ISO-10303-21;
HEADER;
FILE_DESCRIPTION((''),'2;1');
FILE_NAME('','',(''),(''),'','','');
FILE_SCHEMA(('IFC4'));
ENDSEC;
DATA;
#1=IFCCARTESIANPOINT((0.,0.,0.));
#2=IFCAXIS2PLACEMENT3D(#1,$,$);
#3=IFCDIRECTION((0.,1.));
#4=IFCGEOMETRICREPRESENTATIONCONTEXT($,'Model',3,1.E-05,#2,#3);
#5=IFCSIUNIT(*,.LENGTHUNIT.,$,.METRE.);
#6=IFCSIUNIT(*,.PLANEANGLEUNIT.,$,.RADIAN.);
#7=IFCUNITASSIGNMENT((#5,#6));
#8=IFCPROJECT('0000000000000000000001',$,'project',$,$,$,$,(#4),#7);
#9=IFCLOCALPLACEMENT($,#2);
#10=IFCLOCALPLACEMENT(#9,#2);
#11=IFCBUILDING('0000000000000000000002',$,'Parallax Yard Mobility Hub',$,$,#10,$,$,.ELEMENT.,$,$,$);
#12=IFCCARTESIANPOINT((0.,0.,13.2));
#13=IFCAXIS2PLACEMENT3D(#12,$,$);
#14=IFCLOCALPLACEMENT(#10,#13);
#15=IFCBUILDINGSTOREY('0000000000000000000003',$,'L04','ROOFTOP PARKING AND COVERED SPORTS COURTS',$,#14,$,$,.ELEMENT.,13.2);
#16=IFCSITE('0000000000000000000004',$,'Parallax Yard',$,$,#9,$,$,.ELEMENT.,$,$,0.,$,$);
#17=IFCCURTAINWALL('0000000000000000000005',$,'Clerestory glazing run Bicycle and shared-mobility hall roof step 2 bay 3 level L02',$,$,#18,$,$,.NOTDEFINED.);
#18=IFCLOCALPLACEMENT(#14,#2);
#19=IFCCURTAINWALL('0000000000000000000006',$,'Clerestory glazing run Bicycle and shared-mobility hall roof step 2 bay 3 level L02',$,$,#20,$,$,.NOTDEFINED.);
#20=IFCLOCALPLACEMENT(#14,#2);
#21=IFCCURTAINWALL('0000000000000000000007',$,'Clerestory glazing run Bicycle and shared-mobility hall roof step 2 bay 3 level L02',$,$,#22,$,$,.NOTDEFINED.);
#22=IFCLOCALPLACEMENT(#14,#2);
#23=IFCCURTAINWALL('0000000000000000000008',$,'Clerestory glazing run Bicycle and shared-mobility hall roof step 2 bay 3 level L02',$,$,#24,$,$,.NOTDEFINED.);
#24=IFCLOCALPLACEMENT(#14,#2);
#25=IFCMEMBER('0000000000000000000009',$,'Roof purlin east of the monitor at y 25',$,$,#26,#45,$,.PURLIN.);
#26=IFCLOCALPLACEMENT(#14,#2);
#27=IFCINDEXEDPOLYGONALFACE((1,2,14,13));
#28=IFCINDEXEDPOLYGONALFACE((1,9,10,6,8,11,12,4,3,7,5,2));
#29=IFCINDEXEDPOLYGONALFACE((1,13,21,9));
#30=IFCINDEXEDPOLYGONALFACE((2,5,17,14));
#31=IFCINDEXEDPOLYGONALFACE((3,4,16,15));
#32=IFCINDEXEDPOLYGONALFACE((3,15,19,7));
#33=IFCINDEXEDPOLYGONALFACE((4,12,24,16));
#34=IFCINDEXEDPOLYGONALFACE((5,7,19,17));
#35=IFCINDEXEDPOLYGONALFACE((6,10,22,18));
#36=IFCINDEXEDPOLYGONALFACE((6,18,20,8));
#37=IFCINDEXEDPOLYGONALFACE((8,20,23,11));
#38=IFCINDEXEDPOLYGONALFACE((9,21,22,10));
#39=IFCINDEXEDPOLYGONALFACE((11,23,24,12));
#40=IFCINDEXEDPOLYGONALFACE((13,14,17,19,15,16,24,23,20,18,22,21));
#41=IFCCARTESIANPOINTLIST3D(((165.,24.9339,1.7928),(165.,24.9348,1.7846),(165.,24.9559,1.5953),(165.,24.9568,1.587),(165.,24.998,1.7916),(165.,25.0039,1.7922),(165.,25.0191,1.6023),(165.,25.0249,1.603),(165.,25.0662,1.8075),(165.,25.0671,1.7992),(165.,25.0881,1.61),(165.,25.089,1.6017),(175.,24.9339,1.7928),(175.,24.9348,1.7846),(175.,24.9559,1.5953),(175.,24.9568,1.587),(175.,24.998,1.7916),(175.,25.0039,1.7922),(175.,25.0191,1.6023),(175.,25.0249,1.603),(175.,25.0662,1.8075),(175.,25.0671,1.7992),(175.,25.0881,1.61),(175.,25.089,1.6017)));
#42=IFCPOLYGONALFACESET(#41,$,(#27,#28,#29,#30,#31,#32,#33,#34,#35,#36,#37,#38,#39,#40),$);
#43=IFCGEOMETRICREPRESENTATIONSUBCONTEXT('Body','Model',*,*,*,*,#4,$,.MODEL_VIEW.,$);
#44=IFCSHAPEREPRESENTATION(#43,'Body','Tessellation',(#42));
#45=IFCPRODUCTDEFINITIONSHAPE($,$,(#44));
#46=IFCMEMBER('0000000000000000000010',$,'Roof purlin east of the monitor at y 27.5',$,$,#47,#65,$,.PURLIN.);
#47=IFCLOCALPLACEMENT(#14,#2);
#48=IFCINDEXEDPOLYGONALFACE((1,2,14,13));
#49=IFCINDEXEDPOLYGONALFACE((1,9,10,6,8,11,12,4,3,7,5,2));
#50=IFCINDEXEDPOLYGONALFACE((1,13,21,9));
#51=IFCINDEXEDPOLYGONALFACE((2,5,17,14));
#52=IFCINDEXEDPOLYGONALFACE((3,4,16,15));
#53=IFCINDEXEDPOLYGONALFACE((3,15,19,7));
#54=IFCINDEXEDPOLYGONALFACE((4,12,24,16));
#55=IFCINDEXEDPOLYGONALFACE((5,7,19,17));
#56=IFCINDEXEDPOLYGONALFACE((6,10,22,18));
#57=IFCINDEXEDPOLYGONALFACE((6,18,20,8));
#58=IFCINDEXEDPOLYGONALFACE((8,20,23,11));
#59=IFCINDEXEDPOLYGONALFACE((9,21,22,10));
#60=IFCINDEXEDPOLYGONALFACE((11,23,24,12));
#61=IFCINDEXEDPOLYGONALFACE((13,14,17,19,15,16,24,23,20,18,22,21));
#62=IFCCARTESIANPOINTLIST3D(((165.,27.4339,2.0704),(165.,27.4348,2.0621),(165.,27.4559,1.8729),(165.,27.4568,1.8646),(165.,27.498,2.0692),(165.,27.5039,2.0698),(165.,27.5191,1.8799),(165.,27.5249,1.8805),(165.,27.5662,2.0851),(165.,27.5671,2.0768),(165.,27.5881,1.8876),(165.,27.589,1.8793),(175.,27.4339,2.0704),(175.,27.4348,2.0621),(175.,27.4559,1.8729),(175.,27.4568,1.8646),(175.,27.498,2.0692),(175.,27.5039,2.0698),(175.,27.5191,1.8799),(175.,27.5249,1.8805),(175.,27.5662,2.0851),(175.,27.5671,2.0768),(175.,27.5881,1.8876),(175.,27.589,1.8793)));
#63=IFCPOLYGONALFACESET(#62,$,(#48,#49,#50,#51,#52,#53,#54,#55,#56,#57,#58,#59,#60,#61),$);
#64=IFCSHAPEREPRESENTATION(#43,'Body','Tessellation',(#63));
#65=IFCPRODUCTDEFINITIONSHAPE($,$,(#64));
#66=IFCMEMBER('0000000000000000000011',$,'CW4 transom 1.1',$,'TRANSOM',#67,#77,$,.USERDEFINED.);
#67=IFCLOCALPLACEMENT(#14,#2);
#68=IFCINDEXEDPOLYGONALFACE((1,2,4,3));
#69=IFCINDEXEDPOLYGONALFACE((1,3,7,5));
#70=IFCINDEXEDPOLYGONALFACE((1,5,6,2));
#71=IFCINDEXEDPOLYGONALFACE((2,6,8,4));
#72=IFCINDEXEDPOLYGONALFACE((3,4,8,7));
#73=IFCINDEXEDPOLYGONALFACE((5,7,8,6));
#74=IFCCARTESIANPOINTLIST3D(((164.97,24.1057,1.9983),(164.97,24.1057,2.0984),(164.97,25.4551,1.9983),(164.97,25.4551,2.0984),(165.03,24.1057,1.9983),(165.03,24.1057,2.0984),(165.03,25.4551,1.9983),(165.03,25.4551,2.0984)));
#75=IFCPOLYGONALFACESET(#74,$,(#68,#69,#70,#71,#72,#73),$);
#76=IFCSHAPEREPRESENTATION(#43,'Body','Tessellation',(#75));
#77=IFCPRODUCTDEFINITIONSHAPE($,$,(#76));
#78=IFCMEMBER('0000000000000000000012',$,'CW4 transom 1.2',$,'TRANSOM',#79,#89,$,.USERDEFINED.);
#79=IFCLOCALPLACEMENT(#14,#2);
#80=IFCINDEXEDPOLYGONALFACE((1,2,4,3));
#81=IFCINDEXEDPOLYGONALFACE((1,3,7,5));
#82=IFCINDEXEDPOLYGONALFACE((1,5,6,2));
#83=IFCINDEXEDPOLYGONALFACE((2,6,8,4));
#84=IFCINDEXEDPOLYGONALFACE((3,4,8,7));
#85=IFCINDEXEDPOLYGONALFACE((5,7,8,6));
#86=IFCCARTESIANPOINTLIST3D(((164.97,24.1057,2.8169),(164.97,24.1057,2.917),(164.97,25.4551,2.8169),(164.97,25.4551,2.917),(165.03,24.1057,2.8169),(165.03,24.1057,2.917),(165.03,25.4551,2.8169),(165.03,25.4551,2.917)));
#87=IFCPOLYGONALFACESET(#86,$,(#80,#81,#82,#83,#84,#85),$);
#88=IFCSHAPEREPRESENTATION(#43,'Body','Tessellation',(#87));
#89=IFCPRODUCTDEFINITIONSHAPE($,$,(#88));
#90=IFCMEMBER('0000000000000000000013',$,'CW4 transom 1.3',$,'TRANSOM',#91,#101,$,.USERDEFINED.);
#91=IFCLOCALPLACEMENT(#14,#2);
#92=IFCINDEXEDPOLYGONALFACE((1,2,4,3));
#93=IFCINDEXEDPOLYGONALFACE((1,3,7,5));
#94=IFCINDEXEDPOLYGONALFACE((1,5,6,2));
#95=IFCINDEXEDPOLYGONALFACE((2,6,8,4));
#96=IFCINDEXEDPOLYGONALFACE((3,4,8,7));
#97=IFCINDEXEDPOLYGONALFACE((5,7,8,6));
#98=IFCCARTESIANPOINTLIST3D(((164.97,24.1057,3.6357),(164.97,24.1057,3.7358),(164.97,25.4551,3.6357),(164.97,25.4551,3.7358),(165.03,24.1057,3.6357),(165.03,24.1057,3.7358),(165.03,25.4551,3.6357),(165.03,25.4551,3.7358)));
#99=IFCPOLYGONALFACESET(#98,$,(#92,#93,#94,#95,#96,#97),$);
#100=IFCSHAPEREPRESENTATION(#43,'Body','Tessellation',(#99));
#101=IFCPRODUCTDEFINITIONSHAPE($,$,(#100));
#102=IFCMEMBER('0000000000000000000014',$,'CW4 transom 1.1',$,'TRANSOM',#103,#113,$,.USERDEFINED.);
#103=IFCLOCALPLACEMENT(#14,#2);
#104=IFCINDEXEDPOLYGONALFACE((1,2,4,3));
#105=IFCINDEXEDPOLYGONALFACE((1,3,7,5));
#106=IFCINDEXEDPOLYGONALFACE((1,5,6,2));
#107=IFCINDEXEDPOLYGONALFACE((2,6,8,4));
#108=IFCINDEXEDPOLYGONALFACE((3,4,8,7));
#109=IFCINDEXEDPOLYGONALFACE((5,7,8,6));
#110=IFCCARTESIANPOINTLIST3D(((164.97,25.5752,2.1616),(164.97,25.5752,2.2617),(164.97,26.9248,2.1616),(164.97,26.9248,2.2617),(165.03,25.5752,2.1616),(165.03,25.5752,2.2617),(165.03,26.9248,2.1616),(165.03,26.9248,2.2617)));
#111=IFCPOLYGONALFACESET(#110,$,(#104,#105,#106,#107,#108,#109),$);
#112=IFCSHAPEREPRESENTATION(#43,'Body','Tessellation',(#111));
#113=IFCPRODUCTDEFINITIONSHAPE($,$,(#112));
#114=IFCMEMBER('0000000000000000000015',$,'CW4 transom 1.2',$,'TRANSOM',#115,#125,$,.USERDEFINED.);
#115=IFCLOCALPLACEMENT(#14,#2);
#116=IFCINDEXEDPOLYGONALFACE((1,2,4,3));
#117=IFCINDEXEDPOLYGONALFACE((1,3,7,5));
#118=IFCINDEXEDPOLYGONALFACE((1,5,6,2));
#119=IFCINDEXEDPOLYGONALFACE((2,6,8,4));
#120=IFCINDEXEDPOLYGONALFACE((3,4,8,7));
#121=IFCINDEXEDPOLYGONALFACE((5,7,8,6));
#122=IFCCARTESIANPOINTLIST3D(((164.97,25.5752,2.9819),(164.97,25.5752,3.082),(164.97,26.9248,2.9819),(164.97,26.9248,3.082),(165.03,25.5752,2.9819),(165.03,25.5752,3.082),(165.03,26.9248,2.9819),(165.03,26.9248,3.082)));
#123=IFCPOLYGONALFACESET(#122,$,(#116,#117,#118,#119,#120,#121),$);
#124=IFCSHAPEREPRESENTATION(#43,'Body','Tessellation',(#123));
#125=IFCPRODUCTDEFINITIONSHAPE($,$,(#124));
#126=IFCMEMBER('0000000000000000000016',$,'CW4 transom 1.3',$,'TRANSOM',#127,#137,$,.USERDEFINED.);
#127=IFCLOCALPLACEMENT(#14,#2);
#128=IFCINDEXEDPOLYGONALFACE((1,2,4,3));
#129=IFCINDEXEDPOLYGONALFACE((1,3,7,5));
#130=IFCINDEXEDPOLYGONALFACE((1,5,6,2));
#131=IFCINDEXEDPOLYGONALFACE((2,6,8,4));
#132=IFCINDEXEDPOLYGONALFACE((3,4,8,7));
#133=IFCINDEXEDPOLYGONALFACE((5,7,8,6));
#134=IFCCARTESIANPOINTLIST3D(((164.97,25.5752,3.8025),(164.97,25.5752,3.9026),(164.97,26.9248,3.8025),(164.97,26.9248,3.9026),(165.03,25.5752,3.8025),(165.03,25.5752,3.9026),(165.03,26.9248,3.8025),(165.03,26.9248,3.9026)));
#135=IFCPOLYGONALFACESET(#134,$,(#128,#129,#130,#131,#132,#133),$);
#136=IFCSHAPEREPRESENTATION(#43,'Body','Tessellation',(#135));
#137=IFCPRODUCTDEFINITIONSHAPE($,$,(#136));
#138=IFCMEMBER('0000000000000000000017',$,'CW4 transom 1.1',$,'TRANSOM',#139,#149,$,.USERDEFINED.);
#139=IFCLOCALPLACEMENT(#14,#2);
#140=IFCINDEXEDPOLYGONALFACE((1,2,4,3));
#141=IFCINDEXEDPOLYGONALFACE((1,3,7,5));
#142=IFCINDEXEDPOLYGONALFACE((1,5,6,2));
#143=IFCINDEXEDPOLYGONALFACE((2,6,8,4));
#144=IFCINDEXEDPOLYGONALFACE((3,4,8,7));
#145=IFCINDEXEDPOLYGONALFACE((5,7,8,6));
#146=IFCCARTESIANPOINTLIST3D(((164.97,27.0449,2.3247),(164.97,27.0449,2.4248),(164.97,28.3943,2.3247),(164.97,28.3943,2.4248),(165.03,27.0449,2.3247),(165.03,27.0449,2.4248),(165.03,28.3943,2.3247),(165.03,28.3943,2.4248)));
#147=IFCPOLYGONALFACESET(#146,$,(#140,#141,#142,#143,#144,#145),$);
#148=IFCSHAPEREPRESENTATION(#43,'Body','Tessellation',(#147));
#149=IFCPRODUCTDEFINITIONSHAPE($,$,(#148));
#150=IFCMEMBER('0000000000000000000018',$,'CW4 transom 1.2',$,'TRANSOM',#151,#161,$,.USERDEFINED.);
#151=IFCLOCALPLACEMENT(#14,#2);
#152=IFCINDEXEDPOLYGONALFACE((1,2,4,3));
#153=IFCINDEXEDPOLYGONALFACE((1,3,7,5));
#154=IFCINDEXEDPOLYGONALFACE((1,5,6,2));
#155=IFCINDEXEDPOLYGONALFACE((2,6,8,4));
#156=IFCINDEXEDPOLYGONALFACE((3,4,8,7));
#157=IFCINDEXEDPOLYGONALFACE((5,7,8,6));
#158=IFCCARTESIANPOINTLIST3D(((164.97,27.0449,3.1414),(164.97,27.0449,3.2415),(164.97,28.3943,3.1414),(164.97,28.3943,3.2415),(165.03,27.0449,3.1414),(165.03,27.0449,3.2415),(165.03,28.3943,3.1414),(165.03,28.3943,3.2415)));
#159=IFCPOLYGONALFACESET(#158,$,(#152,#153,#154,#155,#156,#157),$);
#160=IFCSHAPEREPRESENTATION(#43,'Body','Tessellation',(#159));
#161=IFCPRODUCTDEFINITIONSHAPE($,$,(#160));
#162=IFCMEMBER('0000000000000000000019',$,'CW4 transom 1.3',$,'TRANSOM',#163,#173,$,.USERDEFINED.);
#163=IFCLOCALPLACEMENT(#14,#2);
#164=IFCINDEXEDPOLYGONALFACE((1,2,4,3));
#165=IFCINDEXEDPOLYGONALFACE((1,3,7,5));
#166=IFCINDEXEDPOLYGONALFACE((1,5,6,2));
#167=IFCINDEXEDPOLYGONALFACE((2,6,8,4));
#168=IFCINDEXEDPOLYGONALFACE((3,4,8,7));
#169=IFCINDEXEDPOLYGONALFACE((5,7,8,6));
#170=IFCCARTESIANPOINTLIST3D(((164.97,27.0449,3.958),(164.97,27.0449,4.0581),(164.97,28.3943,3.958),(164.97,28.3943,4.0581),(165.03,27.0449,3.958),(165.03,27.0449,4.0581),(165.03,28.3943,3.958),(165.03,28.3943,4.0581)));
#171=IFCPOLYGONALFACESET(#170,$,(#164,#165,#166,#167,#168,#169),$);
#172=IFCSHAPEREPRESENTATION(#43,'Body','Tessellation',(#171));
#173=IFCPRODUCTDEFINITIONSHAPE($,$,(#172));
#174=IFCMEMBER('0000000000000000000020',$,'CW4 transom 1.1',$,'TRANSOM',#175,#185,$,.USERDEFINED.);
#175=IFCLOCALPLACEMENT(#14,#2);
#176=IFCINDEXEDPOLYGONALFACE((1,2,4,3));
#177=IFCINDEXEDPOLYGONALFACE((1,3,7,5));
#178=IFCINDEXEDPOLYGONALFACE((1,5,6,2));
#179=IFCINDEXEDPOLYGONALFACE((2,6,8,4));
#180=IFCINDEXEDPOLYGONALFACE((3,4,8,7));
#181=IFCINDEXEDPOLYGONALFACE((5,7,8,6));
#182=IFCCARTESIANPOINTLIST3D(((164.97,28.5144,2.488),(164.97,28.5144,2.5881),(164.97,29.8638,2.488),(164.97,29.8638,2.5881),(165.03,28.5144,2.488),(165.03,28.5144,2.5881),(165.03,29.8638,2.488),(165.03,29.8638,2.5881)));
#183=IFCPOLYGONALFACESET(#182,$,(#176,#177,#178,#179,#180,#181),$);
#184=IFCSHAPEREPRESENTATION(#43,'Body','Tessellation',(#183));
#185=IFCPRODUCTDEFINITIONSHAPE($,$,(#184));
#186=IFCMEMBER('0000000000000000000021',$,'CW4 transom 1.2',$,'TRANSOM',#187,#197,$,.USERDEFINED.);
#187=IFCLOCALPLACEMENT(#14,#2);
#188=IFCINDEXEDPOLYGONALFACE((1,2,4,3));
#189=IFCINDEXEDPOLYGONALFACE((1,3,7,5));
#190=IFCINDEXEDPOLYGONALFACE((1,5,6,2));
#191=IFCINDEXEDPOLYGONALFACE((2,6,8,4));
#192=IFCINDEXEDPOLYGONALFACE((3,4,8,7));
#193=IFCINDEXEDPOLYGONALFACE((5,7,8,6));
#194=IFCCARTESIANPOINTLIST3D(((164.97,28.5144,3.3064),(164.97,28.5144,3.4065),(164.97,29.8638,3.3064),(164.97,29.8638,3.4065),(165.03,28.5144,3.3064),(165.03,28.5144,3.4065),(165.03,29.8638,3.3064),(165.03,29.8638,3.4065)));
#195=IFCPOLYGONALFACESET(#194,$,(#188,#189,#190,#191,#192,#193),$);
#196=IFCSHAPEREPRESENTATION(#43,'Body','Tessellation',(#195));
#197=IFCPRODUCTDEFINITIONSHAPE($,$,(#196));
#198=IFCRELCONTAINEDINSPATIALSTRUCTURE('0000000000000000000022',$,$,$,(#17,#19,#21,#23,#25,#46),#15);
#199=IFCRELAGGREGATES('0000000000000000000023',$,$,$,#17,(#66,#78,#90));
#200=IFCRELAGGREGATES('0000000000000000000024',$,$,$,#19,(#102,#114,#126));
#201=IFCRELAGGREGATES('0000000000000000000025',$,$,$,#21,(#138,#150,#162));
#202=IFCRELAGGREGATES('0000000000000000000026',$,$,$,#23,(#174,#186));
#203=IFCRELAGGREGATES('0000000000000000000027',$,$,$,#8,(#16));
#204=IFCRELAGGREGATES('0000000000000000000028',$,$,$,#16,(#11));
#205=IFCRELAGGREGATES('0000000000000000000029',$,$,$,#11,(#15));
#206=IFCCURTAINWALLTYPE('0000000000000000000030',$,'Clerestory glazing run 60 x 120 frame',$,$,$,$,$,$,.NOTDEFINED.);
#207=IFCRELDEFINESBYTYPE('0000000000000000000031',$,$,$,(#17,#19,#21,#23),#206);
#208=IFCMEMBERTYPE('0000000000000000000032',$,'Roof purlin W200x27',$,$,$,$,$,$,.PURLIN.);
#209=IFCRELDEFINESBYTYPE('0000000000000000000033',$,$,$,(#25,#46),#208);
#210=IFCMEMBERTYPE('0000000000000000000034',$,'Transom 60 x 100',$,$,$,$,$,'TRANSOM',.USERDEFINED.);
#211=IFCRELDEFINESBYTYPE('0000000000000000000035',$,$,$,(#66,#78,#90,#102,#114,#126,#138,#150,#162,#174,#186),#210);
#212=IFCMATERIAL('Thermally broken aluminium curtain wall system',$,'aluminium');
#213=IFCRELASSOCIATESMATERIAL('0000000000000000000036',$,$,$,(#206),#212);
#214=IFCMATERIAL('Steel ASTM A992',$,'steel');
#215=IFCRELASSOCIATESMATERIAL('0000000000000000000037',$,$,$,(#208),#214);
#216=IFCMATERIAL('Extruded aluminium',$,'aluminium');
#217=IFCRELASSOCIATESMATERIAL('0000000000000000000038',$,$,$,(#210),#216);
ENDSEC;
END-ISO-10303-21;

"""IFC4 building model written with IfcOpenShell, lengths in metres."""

from ifc_helpers import new_model, si_unit, direction, frame, origin, origin_2d, place, context, subcontext, project, spatial, rectangle, i_section, extrude, material, material_profile, profile_set, type_object, element, aggregate, save


model = new_model("IFC4")

# Units and contexts
model_context = context("Model", 3, precision=1e-05, world=origin(), true_north=direction((0.0, 1.0)))
body_context = subcontext(model_context, "Body", "Model", "MODEL_VIEW")
ifc_project = project(units=[si_unit("LENGTHUNIT", "METRE"), si_unit("PLANEANGLEUNIT", "RADIAN")], contexts=[model_context])

# Site, building, storey
site_placement = place(None, origin())
site = spatial("IfcSite", under=ifc_project, at=site_placement, Name="Parallax Yard", CompositionType="ELEMENT", RefElevation=0.0)
building_placement = place(site_placement, origin())
building = spatial("IfcBuilding", under=site, at=building_placement, Name="Parallax Yard Mobility Hub", CompositionType="ELEMENT")
storey_placement = place(building_placement, frame((0.0, 0.0, 13.2)))
storey = spatial("IfcBuildingStorey", under=building, at=storey_placement, Name="L04", Description="ROOFTOP PARKING AND COVERED SPORTS COURTS", CompositionType="ELEMENT", Elevation=13.2)

# Shared definitions
ifc_material_1 = material(Name="Steel ASTM A992", Category="steel")

# Shared definitions
ifc_material_2 = material(Name="Thermally broken aluminium curtain wall system", Category="aluminium")
curtain_wall_type = type_object("IfcCurtainWallType", Name="Clerestory glazing run 60 x 120 frame", PredefinedType="NOTDEFINED", material=ifc_material_2)
ifc_material_3 = material(Name="Extruded aluminium", Category="aluminium")

# Curtain walls
curtain_wall_1_placement = place(storey_placement, origin())
curtain_wall_1 = element("IfcCurtainWall", 1, at=curtain_wall_1_placement, inside=storey, type_object=curtain_wall_type, Name="Clerestory glazing run Bicycle and shared-mobility hall roof step 2 bay 3 level L02", PredefinedType="NOTDEFINED")
curtain_wall_2_placement = place(storey_placement, origin())
curtain_wall_2 = element("IfcCurtainWall", 2, at=curtain_wall_2_placement, inside=storey, type_object=curtain_wall_type, Name="Clerestory glazing run Bicycle and shared-mobility hall roof step 2 bay 3 level L02", PredefinedType="NOTDEFINED")
curtain_wall_3_placement = place(storey_placement, origin())
curtain_wall_3 = element("IfcCurtainWall", 3, at=curtain_wall_3_placement, inside=storey, type_object=curtain_wall_type, Name="Clerestory glazing run Bicycle and shared-mobility hall roof step 2 bay 3 level L02", PredefinedType="NOTDEFINED")

# Curtain wall
curtain_wall_4_placement = place(storey_placement, origin())
curtain_wall_4 = element("IfcCurtainWall", 4, at=curtain_wall_4_placement, inside=storey, type_object=curtain_wall_type, Name="Clerestory glazing run Bicycle and shared-mobility hall roof step 2 bay 3 level L02", PredefinedType="NOTDEFINED")

# Members
ifc_material_profile_1 = material_profile(ifc_material_1, i_section(OverallWidth=0.1331, OverallDepth=0.207, WebThickness=0.0059, FlangeThickness=0.0083, at=origin_2d()), Name="W200x27")
ifc_profile_set_1 = profile_set([ifc_material_profile_1], Name="Steel ASTM A992")
member_type_1 = type_object("IfcMemberType", Name="Roof purlin W200x27", PredefinedType="PURLIN", material=ifc_profile_set_1)
for number, where, z_axis, x_axis, name in (
    (5, (165.0, 25.0115, 1.6973), (1.0, 0.0, 0.0), (0.0, 0.993884, 0.110432), "Roof purlin east of the monitor at y 25"),
    (6, (165.0, 27.5115, 1.9749), (1.0, 0.0, 0.0), (0.0, 0.993884, 0.110432), "Roof purlin east of the monitor at y 27.5"),
):
    element("IfcMember", number, at=place(storey_placement, frame(where, z_axis=z_axis, x_axis=x_axis)), inside=storey, type_object=member_type_1, Name=name, PredefinedType="PURLIN", context=body_context, shape_type="SweptSolid", body=[
        extrude(i_section(OverallWidth=0.1331, OverallDepth=0.207, WebThickness=0.0059, FlangeThickness=0.0083, at=origin_2d()), origin(), (0.0, 0.0, 1.0), 10.0),
    ])

# Members
ifc_material_profile_2 = material_profile(ifc_material_3, rectangle(XDim=0.0601, YDim=0.1001, at=origin_2d()), Name="Transom 60 x 100")
ifc_profile_set_2 = profile_set([ifc_material_profile_2], Name="Extruded aluminium")
member_type_2 = type_object("IfcMemberType", Name="Transom 60 x 100", ElementType="TRANSOM", PredefinedType="USERDEFINED", material=ifc_profile_set_2)
member_1_placement = place(storey_placement, frame((165.0, 24.1057, 2.0483), z_axis=(0.0, 1.0, 0.0), x_axis=(-1.0, 0.0, 0.0)))
member_1 = element("IfcMember", 7, at=member_1_placement, type_object=member_type_2, Name="CW4 transom 1.1", ObjectType="TRANSOM", PredefinedType="USERDEFINED", context=body_context, shape_type="SweptSolid", body=[
    extrude(rectangle(XDim=0.0601, YDim=0.1001, at=origin_2d()), origin(), (0.0, 0.0, 1.0), 1.3494),
])
member_2_placement = place(storey_placement, frame((165.0, 24.1057, 2.8669), z_axis=(0.0, 1.0, 0.0), x_axis=(-1.0, 0.0, 0.0)))
member_2 = element("IfcMember", 8, at=member_2_placement, type_object=member_type_2, Name="CW4 transom 1.2", ObjectType="TRANSOM", PredefinedType="USERDEFINED", context=body_context, shape_type="SweptSolid", body=[
    extrude(rectangle(XDim=0.0601, YDim=0.1001, at=origin_2d()), origin(), (0.0, 0.0, 1.0), 1.3494),
])
member_3_placement = place(storey_placement, frame((165.0, 24.1057, 3.6858), z_axis=(0.0, 1.0, 0.0), x_axis=(-1.0, 0.0, 0.0)))
member_3 = element("IfcMember", 9, at=member_3_placement, type_object=member_type_2, Name="CW4 transom 1.3", ObjectType="TRANSOM", PredefinedType="USERDEFINED", context=body_context, shape_type="SweptSolid", body=[
    extrude(rectangle(XDim=0.0601, YDim=0.1001, at=origin_2d()), origin(), (0.0, 0.0, 1.0), 1.3494),
])
member_4_placement = place(storey_placement, frame((165.0, 25.5752, 2.2117), z_axis=(0.0, 1.0, 0.0), x_axis=(-1.0, 0.0, 0.0)))
member_4 = element("IfcMember", 10, at=member_4_placement, type_object=member_type_2, Name="CW4 transom 1.1", ObjectType="TRANSOM", PredefinedType="USERDEFINED", context=body_context, shape_type="SweptSolid", body=[
    extrude(rectangle(XDim=0.0601, YDim=0.1001, at=origin_2d()), origin(), (0.0, 0.0, 1.0), 1.3496),
])
member_5_placement = place(storey_placement, frame((165.0, 25.5752, 3.032), z_axis=(0.0, 1.0, 0.0), x_axis=(-1.0, 0.0, 0.0)))
member_5 = element("IfcMember", 11, at=member_5_placement, type_object=member_type_2, Name="CW4 transom 1.2", ObjectType="TRANSOM", PredefinedType="USERDEFINED", context=body_context, shape_type="SweptSolid", body=[
    extrude(rectangle(XDim=0.0601, YDim=0.1001, at=origin_2d()), origin(), (0.0, 0.0, 1.0), 1.3496),
])
member_6_placement = place(storey_placement, frame((165.0, 25.5752, 3.8525), z_axis=(0.0, 1.0, 0.0), x_axis=(-1.0, 0.0, 0.0)))
member_6 = element("IfcMember", 12, at=member_6_placement, type_object=member_type_2, Name="CW4 transom 1.3", ObjectType="TRANSOM", PredefinedType="USERDEFINED", context=body_context, shape_type="SweptSolid", body=[
    extrude(rectangle(XDim=0.0601, YDim=0.1001, at=origin_2d()), origin(), (0.0, 0.0, 1.0), 1.3496),
])
member_7_placement = place(storey_placement, frame((165.0, 27.0449, 2.3748), z_axis=(0.0, 1.0, 0.0), x_axis=(-1.0, 0.0, 0.0)))
member_7 = element("IfcMember", 13, at=member_7_placement, type_object=member_type_2, Name="CW4 transom 1.1", ObjectType="TRANSOM", PredefinedType="USERDEFINED", context=body_context, shape_type="SweptSolid", body=[
    extrude(rectangle(XDim=0.0601, YDim=0.1001, at=origin_2d()), origin(), (0.0, 0.0, 1.0), 1.3494),
])
member_8_placement = place(storey_placement, frame((165.0, 27.0449, 3.1914), z_axis=(0.0, 1.0, 0.0), x_axis=(-1.0, 0.0, 0.0)))
member_8 = element("IfcMember", 14, at=member_8_placement, type_object=member_type_2, Name="CW4 transom 1.2", ObjectType="TRANSOM", PredefinedType="USERDEFINED", context=body_context, shape_type="SweptSolid", body=[
    extrude(rectangle(XDim=0.0601, YDim=0.1001, at=origin_2d()), origin(), (0.0, 0.0, 1.0), 1.3494),
])
member_9_placement = place(storey_placement, frame((165.0, 27.0449, 4.0081), z_axis=(0.0, 1.0, 0.0), x_axis=(-1.0, 0.0, 0.0)))
member_9 = element("IfcMember", 15, at=member_9_placement, type_object=member_type_2, Name="CW4 transom 1.3", ObjectType="TRANSOM", PredefinedType="USERDEFINED", context=body_context, shape_type="SweptSolid", body=[
    extrude(rectangle(XDim=0.0601, YDim=0.1001, at=origin_2d()), origin(), (0.0, 0.0, 1.0), 1.3494),
])
member_10_placement = place(storey_placement, frame((165.0, 28.5144, 2.5381), z_axis=(0.0, 1.0, 0.0), x_axis=(-1.0, 0.0, 0.0)))
member_10 = element("IfcMember", 16, at=member_10_placement, type_object=member_type_2, Name="CW4 transom 1.1", ObjectType="TRANSOM", PredefinedType="USERDEFINED", context=body_context, shape_type="SweptSolid", body=[
    extrude(rectangle(XDim=0.0601, YDim=0.1001, at=origin_2d()), origin(), (0.0, 0.0, 1.0), 1.3494),
])
member_11_placement = place(storey_placement, frame((165.0, 28.5144, 3.3564), z_axis=(0.0, 1.0, 0.0), x_axis=(-1.0, 0.0, 0.0)))
member_11 = element("IfcMember", 17, at=member_11_placement, type_object=member_type_2, Name="CW4 transom 1.2", ObjectType="TRANSOM", PredefinedType="USERDEFINED", context=body_context, shape_type="SweptSolid", body=[
    extrude(rectangle(XDim=0.0601, YDim=0.1001, at=origin_2d()), origin(), (0.0, 0.0, 1.0), 1.3494),
])

aggregate(curtain_wall_1, [member_1, member_2, member_3])
aggregate(curtain_wall_2, [member_4, member_5, member_6])
aggregate(curtain_wall_3, [member_7, member_8, member_9])
aggregate(curtain_wall_4, [member_10, member_11])

save(model, "model.ifc")
